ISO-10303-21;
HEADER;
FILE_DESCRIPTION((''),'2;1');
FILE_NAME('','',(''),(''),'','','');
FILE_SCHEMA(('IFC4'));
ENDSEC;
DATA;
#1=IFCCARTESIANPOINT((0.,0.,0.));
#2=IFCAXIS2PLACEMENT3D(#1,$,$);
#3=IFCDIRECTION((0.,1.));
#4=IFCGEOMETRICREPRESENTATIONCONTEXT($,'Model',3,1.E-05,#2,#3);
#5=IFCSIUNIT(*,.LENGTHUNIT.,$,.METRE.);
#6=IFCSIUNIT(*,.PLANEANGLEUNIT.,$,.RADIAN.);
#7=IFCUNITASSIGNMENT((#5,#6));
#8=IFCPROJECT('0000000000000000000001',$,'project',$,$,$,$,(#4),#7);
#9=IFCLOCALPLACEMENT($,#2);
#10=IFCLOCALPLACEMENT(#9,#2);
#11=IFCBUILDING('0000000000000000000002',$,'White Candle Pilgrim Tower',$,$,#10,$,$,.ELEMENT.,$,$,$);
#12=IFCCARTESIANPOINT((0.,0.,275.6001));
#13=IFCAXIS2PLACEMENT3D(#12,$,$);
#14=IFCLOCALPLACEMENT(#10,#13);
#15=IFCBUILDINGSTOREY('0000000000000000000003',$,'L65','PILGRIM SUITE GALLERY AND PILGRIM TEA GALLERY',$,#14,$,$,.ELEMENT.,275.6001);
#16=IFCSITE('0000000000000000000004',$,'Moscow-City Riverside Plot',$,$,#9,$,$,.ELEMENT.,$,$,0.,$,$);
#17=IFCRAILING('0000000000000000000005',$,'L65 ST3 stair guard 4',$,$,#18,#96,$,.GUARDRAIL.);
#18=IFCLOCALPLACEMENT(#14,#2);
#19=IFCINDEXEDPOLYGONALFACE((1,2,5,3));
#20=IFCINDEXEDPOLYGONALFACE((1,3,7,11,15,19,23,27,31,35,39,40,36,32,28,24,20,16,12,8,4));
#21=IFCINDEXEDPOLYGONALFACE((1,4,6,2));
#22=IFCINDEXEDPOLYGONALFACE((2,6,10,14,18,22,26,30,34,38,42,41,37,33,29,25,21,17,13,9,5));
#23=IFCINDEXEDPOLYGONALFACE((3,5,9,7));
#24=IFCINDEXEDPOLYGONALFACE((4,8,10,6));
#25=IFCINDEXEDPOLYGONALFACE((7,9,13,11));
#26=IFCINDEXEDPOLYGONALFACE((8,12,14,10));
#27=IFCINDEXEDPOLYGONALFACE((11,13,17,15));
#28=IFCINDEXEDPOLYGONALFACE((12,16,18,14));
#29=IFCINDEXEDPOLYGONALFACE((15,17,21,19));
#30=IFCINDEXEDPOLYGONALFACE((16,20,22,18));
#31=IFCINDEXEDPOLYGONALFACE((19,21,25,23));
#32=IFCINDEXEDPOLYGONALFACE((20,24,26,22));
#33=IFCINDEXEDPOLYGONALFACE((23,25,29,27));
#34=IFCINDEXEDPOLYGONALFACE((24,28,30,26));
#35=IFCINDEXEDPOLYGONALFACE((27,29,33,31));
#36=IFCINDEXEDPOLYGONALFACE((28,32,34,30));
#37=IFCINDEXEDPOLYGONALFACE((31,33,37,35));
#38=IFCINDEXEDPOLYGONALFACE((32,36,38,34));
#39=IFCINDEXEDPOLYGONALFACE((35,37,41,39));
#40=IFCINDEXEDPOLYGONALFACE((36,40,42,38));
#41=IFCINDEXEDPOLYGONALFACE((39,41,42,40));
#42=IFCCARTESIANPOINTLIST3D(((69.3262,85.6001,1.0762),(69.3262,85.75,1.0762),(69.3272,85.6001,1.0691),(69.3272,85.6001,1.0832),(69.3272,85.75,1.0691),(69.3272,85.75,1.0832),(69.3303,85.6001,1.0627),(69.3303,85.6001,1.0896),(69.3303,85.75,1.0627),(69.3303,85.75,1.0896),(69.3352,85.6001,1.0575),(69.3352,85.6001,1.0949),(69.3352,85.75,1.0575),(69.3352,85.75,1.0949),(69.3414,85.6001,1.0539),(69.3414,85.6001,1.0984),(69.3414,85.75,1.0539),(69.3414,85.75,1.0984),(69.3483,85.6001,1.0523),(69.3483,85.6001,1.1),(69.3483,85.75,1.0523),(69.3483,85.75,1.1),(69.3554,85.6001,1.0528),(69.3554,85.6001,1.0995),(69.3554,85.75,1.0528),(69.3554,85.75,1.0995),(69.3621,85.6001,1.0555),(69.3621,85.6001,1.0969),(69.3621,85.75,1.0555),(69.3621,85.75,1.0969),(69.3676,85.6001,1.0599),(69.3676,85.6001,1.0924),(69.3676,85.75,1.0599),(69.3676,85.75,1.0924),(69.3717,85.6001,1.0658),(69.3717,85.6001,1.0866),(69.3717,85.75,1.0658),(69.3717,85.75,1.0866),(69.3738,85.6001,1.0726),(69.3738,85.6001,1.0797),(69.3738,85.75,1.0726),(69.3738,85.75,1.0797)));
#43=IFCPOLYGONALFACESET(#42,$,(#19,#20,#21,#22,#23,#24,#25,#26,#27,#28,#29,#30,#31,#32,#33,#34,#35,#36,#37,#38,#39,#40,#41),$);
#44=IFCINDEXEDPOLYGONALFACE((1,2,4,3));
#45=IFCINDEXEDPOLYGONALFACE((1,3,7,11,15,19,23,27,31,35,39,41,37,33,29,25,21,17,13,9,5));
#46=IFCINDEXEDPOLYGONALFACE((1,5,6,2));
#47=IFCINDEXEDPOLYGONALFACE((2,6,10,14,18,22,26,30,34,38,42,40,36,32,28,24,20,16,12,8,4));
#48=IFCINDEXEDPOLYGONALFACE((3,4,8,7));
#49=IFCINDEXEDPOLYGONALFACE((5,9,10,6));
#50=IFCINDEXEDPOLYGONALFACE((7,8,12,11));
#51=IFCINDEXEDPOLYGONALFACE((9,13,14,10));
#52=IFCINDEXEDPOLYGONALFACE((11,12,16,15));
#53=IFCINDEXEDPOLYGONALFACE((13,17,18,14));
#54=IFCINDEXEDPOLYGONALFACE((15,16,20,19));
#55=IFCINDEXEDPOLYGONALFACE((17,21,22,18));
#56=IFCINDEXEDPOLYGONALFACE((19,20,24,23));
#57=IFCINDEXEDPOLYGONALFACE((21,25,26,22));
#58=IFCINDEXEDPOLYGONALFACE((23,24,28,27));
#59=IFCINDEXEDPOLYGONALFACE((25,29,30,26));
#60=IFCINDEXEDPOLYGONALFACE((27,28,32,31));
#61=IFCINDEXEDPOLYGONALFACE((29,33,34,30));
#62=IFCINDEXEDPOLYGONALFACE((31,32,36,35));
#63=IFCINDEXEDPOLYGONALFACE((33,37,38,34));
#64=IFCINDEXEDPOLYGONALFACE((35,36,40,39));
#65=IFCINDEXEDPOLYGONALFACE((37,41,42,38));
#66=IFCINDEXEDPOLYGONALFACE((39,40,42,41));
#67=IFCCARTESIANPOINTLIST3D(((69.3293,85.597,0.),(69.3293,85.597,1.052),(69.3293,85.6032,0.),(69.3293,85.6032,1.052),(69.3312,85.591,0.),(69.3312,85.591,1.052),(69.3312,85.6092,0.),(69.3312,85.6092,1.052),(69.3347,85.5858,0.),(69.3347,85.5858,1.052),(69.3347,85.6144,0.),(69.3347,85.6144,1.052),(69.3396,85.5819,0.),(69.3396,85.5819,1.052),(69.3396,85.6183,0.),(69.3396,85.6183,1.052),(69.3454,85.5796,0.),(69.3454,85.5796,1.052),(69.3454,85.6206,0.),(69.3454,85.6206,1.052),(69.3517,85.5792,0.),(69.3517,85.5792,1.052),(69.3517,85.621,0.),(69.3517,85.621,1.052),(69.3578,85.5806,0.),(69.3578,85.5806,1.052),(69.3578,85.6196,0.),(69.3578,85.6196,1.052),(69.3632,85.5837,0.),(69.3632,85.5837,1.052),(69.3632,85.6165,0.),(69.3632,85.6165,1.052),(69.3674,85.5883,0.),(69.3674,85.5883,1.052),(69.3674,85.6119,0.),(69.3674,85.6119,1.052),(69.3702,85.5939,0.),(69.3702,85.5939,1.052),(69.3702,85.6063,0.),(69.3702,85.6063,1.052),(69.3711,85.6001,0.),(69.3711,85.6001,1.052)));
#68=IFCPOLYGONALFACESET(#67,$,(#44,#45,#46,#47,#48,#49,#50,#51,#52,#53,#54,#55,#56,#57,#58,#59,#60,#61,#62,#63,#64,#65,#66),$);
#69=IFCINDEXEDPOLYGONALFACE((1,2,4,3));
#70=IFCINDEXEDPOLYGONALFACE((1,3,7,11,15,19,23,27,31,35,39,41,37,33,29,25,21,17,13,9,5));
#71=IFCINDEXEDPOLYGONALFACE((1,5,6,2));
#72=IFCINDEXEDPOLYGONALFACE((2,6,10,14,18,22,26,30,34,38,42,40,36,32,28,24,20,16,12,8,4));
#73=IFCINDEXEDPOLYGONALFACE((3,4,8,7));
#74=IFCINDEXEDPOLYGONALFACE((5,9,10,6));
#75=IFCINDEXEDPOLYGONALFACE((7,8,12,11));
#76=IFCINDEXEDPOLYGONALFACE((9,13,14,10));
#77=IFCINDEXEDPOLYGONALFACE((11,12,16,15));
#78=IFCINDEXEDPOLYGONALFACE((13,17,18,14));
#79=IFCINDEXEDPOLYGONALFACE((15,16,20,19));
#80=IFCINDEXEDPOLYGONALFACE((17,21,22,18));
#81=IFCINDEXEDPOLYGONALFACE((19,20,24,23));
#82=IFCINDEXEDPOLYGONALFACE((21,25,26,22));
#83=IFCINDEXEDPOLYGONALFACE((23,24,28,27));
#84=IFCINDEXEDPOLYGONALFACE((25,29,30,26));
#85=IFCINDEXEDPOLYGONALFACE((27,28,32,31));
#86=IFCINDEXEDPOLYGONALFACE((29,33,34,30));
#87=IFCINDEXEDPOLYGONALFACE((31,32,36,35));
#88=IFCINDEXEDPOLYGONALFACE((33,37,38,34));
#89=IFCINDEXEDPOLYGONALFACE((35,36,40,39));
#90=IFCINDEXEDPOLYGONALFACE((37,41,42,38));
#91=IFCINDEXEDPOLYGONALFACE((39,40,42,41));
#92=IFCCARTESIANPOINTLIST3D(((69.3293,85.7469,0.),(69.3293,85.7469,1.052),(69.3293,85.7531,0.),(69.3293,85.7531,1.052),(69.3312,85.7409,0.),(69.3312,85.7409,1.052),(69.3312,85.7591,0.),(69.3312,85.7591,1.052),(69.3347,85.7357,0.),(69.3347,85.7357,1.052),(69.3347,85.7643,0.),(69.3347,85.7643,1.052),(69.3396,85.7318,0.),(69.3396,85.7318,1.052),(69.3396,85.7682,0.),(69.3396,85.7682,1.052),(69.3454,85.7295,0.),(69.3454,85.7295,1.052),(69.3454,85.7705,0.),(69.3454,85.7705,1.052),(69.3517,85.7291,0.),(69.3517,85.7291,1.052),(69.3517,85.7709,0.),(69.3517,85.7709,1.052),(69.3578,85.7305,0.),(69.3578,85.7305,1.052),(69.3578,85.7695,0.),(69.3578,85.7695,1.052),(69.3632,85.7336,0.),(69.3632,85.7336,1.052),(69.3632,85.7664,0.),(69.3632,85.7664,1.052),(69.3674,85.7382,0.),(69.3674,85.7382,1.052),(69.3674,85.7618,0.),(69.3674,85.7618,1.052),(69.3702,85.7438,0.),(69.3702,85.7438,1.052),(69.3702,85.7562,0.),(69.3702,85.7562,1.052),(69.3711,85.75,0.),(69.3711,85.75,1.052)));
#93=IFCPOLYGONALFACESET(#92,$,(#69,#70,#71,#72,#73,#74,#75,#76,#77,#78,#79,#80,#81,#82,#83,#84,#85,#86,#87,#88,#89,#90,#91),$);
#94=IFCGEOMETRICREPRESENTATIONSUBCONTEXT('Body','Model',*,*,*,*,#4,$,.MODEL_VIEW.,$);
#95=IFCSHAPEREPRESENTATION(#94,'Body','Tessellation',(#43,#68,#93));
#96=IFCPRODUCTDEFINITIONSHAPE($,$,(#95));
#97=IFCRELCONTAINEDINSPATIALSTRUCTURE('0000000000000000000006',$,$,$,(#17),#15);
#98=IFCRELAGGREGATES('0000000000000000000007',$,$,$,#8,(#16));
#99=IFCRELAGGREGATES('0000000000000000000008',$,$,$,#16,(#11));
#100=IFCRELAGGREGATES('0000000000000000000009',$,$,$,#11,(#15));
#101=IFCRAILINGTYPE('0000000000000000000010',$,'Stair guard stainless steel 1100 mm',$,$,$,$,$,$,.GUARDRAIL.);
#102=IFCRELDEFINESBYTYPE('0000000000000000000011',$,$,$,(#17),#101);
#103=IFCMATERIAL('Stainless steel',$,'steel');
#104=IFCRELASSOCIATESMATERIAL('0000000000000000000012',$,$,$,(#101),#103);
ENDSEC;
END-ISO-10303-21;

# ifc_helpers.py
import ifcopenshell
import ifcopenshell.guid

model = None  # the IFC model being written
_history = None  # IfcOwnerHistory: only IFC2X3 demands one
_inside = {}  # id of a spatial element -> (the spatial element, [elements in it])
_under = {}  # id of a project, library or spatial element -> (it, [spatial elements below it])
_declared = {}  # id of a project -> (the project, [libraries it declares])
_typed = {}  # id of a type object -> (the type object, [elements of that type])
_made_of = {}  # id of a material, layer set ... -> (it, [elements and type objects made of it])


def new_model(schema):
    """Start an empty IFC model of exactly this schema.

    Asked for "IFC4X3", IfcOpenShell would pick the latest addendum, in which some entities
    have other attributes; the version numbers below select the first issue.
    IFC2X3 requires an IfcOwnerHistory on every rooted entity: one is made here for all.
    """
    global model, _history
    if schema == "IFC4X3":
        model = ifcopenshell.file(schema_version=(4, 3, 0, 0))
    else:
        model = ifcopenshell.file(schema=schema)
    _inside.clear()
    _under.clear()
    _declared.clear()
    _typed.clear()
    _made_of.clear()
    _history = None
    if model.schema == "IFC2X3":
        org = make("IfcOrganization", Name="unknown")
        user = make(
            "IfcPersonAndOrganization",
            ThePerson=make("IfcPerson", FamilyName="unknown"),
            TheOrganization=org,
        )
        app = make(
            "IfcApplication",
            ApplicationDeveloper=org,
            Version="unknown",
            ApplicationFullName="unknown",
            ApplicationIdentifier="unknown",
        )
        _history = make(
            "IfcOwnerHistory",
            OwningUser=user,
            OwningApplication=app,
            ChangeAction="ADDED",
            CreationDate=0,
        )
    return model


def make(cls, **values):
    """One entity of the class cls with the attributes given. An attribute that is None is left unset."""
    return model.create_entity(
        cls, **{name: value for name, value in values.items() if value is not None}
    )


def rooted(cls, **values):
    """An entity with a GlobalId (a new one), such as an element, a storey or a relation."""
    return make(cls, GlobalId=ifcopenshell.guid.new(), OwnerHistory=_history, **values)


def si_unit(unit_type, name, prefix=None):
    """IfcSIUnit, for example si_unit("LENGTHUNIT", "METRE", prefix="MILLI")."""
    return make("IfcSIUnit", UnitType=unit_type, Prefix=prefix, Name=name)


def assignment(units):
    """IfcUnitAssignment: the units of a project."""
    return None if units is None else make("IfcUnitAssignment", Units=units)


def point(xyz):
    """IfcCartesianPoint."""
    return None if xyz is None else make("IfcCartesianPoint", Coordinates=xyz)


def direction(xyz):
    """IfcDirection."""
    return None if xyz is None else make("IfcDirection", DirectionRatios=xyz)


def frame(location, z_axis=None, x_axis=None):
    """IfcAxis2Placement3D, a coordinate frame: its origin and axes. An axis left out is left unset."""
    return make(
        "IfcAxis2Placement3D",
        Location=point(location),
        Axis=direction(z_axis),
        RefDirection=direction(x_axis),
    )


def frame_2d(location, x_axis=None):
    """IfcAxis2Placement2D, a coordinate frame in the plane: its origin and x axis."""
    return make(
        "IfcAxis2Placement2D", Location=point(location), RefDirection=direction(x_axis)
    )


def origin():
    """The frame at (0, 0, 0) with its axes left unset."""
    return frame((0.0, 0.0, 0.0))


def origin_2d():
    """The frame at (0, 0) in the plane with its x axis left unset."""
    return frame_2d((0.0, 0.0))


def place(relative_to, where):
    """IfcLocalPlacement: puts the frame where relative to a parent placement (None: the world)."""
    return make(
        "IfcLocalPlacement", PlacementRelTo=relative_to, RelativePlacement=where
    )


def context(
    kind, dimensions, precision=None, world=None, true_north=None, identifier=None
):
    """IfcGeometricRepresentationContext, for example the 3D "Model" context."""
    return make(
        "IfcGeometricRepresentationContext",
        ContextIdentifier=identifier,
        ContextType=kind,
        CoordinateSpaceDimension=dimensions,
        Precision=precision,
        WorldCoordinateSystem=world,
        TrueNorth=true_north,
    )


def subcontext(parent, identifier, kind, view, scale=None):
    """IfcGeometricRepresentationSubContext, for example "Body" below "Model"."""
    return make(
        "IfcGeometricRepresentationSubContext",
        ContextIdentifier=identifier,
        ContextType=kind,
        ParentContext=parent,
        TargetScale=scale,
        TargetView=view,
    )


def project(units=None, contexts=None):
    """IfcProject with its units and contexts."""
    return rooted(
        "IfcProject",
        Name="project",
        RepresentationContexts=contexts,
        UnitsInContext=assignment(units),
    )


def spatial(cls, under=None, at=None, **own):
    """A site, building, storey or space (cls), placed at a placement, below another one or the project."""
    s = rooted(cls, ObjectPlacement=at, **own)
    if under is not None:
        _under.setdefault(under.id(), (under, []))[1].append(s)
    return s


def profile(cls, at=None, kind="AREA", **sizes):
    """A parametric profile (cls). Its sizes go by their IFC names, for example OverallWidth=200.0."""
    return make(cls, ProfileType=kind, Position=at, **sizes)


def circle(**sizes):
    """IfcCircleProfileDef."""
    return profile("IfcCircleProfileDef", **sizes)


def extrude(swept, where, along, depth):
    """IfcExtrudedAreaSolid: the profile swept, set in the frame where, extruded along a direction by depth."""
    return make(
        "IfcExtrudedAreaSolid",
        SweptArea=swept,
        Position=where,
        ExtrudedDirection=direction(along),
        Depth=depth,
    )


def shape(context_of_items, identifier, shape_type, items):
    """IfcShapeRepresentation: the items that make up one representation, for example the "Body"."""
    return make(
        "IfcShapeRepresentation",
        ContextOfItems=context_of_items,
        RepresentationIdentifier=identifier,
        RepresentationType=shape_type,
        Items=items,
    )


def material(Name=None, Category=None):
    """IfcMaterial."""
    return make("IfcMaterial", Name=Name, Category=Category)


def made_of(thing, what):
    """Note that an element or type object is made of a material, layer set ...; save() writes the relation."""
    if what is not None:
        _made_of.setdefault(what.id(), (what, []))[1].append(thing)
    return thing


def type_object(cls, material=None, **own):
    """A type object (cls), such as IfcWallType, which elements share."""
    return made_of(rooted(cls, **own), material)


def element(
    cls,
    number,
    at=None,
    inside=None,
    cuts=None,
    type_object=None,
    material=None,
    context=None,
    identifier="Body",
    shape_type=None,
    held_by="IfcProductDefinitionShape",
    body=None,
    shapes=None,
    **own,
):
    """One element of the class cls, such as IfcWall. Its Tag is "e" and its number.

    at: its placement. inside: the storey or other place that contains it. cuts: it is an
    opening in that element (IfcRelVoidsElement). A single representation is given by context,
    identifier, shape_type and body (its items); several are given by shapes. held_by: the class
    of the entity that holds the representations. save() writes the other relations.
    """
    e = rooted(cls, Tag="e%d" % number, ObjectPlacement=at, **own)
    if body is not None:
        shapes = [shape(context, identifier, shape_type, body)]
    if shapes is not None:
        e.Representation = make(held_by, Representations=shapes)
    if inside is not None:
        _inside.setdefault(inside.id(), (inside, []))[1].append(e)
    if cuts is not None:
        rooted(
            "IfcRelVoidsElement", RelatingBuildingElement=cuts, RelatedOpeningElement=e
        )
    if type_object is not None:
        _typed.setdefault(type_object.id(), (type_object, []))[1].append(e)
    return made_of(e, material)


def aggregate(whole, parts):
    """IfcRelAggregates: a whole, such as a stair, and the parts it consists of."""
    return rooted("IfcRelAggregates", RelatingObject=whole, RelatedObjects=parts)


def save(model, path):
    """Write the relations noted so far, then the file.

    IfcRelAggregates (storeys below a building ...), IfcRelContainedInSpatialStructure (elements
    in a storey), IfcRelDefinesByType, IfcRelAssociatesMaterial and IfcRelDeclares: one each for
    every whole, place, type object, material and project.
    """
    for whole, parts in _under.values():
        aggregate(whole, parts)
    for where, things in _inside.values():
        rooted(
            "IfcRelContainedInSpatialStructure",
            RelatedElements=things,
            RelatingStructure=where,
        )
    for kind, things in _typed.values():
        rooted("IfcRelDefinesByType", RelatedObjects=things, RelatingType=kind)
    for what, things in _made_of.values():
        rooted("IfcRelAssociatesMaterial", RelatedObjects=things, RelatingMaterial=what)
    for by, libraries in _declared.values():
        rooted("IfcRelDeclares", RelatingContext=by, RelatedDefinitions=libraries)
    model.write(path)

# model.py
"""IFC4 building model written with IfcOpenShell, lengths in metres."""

from ifc_helpers import new_model, si_unit, direction, frame, origin, origin_2d, place, context, subcontext, project, spatial, circle, extrude, material, type_object, element, save


model = new_model("IFC4")

# Units and contexts
model_context = context("Model", 3, precision=1e-05, world=origin(), true_north=direction((0.0, 1.0)))
body_context = subcontext(model_context, "Body", "Model", "MODEL_VIEW")
ifc_project = project(units=[si_unit("LENGTHUNIT", "METRE"), si_unit("PLANEANGLEUNIT", "RADIAN")], contexts=[model_context])

# Site, building, storey
site_placement = place(None, origin())
site = spatial("IfcSite", under=ifc_project, at=site_placement, Name="Moscow-City Riverside Plot", CompositionType="ELEMENT", RefElevation=0.0)
building_placement = place(site_placement, origin())
building = spatial("IfcBuilding", under=site, at=building_placement, Name="White Candle Pilgrim Tower", CompositionType="ELEMENT")
storey_placement = place(building_placement, frame((0.0, 0.0, 275.6001)))
storey = spatial("IfcBuildingStorey", under=building, at=storey_placement, Name="L65", Description="PILGRIM SUITE GALLERY AND PILGRIM TEA GALLERY", CompositionType="ELEMENT", Elevation=275.6001)

# Railing
ifc_material_1 = material(Name="Stainless steel", Category="steel")
railing_type_1 = type_object("IfcRailingType", Name="Stair guard stainless steel 1100 mm", PredefinedType="GUARDRAIL", material=ifc_material_1)
railing_1_placement = place(storey_placement, frame((69.3501, 85.6001, 0.0)))
element("IfcRailing", 1, at=railing_1_placement, inside=storey, type_object=railing_type_1, Name="L65 ST3 stair guard 4", PredefinedType="GUARDRAIL", context=body_context, shape_type="SweptSolid", body=[
    extrude(circle(Radius=0.0239, at=origin_2d()), frame((0.0, 0.0, 1.0762), z_axis=(0.0, 1.0, 0.0), x_axis=(-1.0, 0.0, 0.0)), (0.0, 0.0, 1.0), 0.1499),
    extrude(circle(Radius=0.021, at=origin_2d()), origin(), (0.0, 0.0, 1.0), 1.052),
    extrude(circle(Radius=0.021, at=origin_2d()), frame((0.0, 0.1499, 0.0)), (0.0, 0.0, 1.0), 1.052),
])

save(model, "model.ifc")
